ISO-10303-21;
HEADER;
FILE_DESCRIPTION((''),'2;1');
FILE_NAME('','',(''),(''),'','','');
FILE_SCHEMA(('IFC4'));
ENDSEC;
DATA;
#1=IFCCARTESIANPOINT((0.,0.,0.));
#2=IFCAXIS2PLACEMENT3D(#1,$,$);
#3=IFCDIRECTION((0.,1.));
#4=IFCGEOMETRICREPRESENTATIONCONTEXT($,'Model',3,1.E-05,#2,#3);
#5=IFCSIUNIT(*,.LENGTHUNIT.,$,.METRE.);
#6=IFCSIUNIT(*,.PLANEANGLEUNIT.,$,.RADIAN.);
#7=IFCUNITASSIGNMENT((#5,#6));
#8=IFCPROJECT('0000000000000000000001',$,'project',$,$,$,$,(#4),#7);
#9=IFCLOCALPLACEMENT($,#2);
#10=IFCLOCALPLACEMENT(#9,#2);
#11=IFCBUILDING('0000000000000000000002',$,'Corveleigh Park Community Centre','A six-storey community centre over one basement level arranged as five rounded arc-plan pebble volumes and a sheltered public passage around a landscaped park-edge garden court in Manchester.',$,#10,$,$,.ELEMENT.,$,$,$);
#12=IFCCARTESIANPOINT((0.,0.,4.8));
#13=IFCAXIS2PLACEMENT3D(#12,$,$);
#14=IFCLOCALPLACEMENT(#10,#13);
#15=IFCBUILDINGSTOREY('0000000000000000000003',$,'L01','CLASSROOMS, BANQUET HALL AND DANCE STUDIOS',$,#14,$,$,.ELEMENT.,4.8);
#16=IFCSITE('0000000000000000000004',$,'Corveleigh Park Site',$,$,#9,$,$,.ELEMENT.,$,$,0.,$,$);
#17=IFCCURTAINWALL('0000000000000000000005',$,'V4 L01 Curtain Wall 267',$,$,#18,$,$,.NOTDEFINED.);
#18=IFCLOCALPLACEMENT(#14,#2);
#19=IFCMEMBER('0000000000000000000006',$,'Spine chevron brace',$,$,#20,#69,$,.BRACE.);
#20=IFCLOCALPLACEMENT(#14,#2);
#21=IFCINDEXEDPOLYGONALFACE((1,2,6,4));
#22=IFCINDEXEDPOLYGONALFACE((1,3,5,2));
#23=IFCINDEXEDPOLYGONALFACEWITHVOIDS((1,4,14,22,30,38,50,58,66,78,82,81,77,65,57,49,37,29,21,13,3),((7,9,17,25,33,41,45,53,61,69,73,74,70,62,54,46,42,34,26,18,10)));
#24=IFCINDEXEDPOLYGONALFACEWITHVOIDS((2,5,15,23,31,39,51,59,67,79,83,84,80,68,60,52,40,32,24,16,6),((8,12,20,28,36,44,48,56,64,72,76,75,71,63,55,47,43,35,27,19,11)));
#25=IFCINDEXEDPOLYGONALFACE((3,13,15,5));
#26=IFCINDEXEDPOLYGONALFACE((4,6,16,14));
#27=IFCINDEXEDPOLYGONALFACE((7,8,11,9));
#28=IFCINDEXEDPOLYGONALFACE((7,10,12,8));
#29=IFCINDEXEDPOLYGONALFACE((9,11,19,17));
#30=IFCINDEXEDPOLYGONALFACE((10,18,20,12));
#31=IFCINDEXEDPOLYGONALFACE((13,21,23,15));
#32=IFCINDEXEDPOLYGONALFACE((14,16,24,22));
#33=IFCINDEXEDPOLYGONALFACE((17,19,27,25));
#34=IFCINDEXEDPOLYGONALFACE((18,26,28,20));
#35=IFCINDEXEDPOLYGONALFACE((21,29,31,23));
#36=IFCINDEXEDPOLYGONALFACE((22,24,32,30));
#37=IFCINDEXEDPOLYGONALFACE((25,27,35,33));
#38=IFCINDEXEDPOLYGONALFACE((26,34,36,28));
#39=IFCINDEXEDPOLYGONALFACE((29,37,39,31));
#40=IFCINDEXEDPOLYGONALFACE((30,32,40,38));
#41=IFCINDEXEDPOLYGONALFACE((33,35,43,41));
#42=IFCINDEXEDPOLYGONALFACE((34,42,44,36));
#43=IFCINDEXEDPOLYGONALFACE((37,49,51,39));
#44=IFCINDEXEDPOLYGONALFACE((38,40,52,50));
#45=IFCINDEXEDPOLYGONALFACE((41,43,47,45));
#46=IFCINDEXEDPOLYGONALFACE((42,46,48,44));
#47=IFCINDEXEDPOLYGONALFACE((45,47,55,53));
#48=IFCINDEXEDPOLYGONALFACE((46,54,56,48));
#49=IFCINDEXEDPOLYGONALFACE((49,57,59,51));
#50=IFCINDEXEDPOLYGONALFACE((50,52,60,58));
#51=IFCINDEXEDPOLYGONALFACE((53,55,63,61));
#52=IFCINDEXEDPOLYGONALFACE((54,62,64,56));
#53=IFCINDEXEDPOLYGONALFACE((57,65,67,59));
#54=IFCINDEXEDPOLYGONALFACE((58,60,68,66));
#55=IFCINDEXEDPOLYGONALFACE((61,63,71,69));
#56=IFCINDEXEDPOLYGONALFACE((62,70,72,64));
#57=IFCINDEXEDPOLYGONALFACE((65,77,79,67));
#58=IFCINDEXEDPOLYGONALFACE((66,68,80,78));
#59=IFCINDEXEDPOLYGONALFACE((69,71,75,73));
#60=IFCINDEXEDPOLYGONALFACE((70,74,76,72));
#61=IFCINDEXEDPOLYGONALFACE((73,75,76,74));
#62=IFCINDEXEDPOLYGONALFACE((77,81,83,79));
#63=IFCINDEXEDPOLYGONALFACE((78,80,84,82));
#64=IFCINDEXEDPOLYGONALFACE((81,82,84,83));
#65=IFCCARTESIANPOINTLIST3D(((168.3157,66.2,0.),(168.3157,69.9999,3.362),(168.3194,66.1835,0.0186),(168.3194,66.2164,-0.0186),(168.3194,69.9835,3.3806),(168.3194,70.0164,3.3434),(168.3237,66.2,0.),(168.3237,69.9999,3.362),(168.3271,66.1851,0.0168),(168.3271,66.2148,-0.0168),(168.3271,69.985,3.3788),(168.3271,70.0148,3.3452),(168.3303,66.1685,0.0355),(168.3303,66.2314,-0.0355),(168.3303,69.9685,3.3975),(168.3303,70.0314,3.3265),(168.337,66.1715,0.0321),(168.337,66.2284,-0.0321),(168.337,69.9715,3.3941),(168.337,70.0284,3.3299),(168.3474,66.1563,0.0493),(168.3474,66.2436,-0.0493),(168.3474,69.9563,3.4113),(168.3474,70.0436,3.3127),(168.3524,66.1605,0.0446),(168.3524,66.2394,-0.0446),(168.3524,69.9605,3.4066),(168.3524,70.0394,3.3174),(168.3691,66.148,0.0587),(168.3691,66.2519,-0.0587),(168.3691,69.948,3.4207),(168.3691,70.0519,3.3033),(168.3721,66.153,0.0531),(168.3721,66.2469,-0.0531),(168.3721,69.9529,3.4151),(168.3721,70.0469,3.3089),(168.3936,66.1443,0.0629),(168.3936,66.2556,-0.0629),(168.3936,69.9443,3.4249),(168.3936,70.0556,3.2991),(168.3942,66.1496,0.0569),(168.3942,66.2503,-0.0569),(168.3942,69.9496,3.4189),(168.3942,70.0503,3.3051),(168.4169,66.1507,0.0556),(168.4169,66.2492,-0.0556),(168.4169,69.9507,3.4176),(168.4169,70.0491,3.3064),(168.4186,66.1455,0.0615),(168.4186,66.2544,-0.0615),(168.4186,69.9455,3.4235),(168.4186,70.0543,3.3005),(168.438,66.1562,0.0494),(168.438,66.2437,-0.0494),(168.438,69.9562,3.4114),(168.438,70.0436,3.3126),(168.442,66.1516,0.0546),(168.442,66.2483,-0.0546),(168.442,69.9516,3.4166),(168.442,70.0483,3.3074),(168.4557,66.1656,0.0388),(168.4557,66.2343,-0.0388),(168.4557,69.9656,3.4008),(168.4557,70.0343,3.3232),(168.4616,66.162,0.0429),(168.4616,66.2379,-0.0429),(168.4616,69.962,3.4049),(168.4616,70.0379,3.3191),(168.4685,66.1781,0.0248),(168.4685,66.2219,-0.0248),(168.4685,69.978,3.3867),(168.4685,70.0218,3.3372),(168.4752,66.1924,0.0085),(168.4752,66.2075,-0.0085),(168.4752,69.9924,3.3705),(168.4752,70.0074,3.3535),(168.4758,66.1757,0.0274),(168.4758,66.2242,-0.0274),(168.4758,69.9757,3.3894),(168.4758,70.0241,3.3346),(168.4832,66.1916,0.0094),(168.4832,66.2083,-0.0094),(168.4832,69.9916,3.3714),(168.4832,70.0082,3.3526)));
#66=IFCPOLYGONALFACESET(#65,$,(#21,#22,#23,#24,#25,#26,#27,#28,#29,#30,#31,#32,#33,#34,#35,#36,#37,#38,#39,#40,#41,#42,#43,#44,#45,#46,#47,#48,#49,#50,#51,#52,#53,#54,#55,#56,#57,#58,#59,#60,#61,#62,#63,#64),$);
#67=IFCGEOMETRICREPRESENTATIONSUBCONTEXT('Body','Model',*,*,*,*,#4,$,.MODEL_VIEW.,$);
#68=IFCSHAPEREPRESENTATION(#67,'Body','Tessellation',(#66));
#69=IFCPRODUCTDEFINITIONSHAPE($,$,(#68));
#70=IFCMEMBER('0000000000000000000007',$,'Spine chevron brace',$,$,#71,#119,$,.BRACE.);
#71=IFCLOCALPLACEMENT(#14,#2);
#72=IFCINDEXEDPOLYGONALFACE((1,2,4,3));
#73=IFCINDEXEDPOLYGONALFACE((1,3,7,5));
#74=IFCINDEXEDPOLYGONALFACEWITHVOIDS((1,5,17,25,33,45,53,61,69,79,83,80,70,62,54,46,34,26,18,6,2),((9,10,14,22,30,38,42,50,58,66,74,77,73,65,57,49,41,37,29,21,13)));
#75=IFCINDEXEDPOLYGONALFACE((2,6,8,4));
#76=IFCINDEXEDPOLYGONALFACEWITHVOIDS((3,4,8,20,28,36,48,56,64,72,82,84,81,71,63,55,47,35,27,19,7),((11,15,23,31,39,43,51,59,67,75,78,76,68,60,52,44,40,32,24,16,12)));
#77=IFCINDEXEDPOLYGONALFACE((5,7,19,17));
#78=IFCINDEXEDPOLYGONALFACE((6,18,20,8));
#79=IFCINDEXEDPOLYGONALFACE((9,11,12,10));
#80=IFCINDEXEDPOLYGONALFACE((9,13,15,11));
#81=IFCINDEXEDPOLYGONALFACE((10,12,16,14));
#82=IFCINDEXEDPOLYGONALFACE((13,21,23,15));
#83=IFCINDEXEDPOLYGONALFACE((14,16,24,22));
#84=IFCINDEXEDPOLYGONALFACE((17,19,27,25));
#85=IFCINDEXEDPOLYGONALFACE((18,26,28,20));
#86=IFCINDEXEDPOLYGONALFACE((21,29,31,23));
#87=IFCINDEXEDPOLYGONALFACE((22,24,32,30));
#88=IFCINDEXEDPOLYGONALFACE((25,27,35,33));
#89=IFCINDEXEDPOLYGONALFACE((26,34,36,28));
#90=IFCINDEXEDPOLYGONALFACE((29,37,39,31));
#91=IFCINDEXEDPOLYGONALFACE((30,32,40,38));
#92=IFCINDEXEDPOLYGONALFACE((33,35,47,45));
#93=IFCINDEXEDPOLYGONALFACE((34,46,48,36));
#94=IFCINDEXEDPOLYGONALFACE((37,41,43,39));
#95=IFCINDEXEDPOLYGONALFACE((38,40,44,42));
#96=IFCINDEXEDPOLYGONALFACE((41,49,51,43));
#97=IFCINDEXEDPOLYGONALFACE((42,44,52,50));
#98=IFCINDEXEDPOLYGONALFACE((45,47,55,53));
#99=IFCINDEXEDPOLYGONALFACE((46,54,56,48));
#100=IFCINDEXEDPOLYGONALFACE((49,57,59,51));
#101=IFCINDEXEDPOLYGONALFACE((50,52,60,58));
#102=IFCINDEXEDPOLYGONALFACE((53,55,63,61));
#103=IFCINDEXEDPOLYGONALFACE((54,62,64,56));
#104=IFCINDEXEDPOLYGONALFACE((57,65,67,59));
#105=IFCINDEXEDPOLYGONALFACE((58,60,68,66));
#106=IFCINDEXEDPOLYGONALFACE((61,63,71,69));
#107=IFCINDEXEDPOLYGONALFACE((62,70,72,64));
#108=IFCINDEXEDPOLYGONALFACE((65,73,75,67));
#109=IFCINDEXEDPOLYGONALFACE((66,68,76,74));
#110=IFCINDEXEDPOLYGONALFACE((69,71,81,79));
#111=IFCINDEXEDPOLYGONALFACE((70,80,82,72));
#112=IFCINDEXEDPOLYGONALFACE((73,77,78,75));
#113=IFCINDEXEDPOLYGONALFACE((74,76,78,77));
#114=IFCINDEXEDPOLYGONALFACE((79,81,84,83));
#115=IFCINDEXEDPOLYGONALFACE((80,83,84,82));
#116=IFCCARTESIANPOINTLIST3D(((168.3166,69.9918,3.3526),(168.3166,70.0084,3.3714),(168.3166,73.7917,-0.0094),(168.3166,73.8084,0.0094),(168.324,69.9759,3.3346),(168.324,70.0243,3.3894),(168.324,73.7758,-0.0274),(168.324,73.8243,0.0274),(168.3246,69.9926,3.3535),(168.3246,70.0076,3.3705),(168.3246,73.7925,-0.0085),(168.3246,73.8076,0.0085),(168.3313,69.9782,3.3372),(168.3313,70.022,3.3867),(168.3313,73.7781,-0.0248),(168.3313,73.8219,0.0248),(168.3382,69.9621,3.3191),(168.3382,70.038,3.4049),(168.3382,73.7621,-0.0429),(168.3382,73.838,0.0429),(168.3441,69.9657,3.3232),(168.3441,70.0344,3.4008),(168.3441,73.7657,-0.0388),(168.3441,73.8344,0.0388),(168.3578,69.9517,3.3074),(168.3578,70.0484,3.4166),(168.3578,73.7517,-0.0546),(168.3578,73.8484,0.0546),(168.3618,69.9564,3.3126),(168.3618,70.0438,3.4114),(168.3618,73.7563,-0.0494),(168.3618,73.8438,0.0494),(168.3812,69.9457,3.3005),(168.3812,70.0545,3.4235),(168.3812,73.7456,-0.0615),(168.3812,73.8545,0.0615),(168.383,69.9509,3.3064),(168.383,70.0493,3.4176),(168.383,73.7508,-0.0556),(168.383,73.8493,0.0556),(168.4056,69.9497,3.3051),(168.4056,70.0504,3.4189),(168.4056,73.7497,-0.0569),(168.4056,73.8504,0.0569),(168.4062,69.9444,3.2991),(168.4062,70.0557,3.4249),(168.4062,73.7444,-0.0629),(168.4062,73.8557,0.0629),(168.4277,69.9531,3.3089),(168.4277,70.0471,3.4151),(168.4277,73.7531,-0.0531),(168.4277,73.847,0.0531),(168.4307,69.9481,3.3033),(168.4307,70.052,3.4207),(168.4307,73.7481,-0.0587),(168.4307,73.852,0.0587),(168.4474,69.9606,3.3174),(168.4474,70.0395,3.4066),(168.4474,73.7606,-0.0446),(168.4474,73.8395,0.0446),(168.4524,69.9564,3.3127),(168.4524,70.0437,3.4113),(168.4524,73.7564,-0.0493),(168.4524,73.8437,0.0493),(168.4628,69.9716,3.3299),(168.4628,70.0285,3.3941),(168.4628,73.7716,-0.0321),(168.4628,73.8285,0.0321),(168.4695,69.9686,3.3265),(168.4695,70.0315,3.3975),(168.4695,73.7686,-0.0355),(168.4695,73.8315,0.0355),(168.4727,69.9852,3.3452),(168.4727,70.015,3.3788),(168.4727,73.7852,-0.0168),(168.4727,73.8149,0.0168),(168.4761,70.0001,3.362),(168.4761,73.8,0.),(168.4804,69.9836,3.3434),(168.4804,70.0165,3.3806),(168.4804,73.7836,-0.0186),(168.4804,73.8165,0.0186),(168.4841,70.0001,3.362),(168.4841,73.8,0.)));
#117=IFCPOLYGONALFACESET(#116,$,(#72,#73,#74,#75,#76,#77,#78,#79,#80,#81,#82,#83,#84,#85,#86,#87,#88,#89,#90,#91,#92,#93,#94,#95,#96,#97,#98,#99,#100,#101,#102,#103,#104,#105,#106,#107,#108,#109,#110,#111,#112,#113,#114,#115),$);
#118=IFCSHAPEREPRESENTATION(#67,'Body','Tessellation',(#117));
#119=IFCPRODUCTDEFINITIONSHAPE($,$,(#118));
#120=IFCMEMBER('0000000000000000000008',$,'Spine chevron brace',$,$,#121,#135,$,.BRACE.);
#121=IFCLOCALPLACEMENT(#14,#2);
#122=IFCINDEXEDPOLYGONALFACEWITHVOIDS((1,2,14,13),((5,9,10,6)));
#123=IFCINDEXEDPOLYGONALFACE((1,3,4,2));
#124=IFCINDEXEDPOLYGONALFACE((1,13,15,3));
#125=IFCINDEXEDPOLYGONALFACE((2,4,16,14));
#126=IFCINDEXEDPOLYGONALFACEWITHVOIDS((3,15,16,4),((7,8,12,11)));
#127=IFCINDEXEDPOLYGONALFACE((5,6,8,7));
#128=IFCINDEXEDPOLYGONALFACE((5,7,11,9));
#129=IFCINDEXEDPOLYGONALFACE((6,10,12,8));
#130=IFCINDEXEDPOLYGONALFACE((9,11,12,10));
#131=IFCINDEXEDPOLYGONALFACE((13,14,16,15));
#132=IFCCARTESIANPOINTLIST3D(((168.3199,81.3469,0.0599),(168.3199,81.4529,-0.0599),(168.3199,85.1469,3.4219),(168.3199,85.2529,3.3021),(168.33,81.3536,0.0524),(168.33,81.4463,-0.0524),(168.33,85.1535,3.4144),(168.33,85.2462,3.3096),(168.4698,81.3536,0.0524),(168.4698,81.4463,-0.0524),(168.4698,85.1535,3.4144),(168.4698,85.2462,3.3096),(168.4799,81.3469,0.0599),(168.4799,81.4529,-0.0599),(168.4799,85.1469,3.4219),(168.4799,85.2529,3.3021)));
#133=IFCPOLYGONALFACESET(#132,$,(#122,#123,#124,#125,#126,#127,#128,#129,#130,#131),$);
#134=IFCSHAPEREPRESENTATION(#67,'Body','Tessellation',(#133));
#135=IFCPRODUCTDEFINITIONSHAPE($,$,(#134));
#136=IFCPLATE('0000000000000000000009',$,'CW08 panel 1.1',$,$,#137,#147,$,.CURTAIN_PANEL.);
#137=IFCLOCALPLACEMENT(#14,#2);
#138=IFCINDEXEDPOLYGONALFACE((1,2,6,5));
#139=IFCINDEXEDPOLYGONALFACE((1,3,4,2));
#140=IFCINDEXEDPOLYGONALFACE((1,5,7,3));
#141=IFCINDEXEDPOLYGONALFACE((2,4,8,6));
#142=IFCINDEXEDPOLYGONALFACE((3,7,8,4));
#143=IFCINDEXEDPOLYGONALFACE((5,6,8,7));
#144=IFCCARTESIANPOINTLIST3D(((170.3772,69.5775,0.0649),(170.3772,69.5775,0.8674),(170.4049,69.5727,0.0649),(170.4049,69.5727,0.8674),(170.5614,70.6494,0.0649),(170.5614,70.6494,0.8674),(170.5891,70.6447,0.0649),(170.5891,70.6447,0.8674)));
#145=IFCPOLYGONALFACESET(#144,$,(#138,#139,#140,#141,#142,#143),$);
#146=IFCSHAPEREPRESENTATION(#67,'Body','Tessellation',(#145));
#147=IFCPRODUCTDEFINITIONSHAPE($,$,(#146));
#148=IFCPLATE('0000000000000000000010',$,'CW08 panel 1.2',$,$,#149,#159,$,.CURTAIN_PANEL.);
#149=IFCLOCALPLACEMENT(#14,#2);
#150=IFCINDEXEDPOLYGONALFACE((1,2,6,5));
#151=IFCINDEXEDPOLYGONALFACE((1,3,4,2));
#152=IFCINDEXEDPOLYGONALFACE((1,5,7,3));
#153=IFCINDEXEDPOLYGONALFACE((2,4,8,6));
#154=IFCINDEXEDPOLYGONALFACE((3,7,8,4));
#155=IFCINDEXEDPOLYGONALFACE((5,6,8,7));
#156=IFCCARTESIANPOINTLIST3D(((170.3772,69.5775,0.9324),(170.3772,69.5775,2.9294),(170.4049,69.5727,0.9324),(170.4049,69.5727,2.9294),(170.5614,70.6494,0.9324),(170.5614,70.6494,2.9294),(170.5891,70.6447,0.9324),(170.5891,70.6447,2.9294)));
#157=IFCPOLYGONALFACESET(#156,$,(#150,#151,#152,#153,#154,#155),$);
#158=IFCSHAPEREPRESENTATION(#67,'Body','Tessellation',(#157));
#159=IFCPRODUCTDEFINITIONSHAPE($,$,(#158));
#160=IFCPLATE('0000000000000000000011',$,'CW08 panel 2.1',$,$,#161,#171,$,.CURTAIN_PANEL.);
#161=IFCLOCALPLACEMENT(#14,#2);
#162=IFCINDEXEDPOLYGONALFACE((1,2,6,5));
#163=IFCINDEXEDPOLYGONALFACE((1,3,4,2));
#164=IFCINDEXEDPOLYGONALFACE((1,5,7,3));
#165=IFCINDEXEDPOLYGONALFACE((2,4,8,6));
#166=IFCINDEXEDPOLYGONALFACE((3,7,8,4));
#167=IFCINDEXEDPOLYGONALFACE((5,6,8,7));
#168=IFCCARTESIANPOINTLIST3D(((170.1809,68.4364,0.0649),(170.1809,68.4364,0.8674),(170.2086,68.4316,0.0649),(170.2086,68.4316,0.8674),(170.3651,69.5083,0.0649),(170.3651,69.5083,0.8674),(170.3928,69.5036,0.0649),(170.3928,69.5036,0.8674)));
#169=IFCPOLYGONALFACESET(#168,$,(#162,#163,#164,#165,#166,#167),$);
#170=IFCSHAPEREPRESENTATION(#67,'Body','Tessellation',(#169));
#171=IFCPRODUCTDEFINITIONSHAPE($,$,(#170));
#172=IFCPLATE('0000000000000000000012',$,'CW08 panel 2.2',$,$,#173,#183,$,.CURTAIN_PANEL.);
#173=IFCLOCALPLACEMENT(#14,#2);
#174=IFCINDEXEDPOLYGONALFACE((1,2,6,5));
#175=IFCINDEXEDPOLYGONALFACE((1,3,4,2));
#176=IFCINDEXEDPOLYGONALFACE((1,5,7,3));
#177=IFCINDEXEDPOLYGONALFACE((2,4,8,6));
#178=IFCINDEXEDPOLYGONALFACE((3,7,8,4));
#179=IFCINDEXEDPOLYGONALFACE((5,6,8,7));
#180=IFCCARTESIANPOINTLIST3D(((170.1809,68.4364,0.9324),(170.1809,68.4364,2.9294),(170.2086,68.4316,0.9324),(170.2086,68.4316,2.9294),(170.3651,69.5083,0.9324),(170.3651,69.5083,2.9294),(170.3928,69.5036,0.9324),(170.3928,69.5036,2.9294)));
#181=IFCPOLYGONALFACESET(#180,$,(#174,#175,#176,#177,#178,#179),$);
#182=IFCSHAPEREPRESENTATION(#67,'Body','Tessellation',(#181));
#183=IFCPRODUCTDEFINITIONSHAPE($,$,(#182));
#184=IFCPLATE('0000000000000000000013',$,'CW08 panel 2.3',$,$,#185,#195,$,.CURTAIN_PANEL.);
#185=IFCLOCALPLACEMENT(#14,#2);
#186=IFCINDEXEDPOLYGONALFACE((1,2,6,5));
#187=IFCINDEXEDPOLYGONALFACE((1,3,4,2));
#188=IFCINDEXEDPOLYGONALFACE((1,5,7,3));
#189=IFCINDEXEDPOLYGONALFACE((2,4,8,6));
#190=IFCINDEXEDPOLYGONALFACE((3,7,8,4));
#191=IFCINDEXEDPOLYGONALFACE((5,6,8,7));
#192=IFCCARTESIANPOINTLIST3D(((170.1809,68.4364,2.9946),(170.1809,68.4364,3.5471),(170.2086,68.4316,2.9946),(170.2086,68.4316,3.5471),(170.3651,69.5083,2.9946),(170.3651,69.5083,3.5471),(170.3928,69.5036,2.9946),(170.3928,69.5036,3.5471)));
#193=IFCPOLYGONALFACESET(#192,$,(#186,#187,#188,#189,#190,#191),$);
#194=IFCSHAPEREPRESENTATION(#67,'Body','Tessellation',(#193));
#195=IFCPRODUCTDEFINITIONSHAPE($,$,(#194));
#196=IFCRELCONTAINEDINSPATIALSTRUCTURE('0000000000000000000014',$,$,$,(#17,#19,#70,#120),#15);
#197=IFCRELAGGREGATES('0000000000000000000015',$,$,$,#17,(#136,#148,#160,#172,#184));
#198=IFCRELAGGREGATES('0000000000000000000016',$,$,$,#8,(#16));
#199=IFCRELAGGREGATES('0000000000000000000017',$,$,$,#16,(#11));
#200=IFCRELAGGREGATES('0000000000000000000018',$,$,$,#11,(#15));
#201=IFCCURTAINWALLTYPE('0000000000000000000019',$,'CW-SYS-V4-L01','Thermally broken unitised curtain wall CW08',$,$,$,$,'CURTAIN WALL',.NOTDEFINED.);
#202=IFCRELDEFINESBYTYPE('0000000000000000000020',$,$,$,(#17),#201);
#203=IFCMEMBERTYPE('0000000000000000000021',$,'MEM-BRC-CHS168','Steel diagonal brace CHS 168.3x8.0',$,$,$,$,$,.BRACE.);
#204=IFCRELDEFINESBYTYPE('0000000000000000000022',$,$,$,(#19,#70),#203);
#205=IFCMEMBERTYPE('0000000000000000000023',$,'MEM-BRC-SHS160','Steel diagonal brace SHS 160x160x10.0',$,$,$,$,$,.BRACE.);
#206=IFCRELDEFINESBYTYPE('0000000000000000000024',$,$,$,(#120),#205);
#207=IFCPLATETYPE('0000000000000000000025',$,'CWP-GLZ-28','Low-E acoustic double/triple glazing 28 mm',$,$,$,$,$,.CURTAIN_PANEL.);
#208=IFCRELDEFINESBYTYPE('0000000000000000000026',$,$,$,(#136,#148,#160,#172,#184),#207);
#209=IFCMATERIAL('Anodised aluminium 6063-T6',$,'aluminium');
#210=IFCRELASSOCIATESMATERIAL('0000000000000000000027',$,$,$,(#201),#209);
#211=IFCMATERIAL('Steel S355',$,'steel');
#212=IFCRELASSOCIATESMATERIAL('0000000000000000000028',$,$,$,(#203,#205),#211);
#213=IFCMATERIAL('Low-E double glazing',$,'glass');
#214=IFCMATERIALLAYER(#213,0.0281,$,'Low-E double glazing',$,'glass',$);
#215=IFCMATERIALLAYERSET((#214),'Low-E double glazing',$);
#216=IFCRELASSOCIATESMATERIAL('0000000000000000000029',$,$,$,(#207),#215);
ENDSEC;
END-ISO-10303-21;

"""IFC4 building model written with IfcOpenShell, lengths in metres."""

from ifc_helpers import new_model, si_unit, direction, frame, origin, origin_2d, place, context, subcontext, project, spatial, rectangle, hollow_rectangle, hollow_circle, extrude, material, layer, layer_set, material_profile, profile_set, type_object, element, aggregate, save


model = new_model("IFC4")

# Units and contexts
model_context = context("Model", 3, precision=1e-05, world=origin(), true_north=direction((0.0, 1.0)))
body_context = subcontext(model_context, "Body", "Model", "MODEL_VIEW")
ifc_project = project(units=[si_unit("LENGTHUNIT", "METRE"), si_unit("PLANEANGLEUNIT", "RADIAN")], contexts=[model_context])

# Site, building, storey
site_placement = place(None, origin())
site = spatial("IfcSite", under=ifc_project, at=site_placement, Name="Corveleigh Park Site", CompositionType="ELEMENT", RefElevation=0.0)
building_placement = place(site_placement, origin())
building = spatial("IfcBuilding", under=site, at=building_placement, Name="Corveleigh Park Community Centre", Description="A six-storey community centre over one basement level arranged as five rounded arc-plan pebble volumes and a sheltered public passage around a landscaped park-edge garden court in Manchester.", CompositionType="ELEMENT")
storey_placement = place(building_placement, frame((0.0, 0.0, 4.8)))
storey = spatial("IfcBuildingStorey", under=building, at=storey_placement, Name="L01", Description="CLASSROOMS, BANQUET HALL AND DANCE STUDIOS", CompositionType="ELEMENT", Elevation=4.8)

# Shared definitions
ifc_material_1 = material(Name="Steel S355", Category="steel")

# Curtain wall
ifc_material_2 = material(Name="Anodised aluminium 6063-T6", Category="aluminium")
curtain_wall_type = type_object("IfcCurtainWallType", Name="CW-SYS-V4-L01", Description="Thermally broken unitised curtain wall CW08", ElementType="CURTAIN WALL", PredefinedType="NOTDEFINED", material=ifc_material_2)
curtain_wall_placement = place(storey_placement, origin())
curtain_wall = element("IfcCurtainWall", 1, at=curtain_wall_placement, inside=storey, type_object=curtain_wall_type, Name="V4 L01 Curtain Wall 267", PredefinedType="NOTDEFINED")

# Members
ifc_material_profile_1 = material_profile(ifc_material_1, hollow_circle(Radius=0.0842, WallThickness=0.0081, at=origin_2d()), Name="CHS 168.3x8.0", Category="steel")
ifc_profile_set_1 = profile_set([ifc_material_profile_1], Name="Steel S355")
member_type_1 = type_object("IfcMemberType", Name="MEM-BRC-CHS168", Description="Steel diagonal brace CHS 168.3x8.0", PredefinedType="BRACE", material=ifc_profile_set_1)
for number, where, z_axis, x_axis, name in (
    (2, (168.3999, 66.2, 0.0), (0.0, 0.74895, 0.662627), (-1.0, 0.0, 0.0), "Spine chevron brace"),
    (3, (168.3999, 73.8, 0.0), (0.0, -0.74895, 0.662627), (1.0, 0.0, 0.0), "Spine chevron brace"),
):
    element("IfcMember", number, at=place(storey_placement, frame(where, z_axis=z_axis, x_axis=x_axis)), inside=storey, type_object=member_type_1, Name=name, PredefinedType="BRACE", context=body_context, shape_type="SweptSolid", body=[
        extrude(hollow_circle(Radius=0.0842, WallThickness=0.0081, at=origin_2d()), origin(), (0.0, 0.0, 1.0), 5.0737),
    ])
ifc_material_profile_2 = material_profile(ifc_material_1, hollow_rectangle(XDim=0.1599, YDim=0.1599, WallThickness=0.01, at=origin_2d()), Name="SHS 160x160x10.0", Category="steel")
ifc_profile_set_2 = profile_set([ifc_material_profile_2], Name="Steel S355")
member_type_2 = type_object("IfcMemberType", Name="MEM-BRC-SHS160", Description="Steel diagonal brace SHS 160x160x10.0", PredefinedType="BRACE", material=ifc_profile_set_2)
member_1_placement = place(storey_placement, frame((168.3999, 81.3999, 0.0), z_axis=(0.0, 0.74895, 0.662627), x_axis=(-1.0, 0.0, 0.0)))
element("IfcMember", 4, at=member_1_placement, inside=storey, type_object=member_type_2, Name="Spine chevron brace", PredefinedType="BRACE", context=body_context, shape_type="SweptSolid", body=[
    extrude(hollow_rectangle(XDim=0.1599, YDim=0.1599, WallThickness=0.01, at=origin_2d()), origin(), (0.0, 0.0, 1.0), 5.0737),
])

# Plates
ifc_material_3 = material(Name="Low-E double glazing", Category="glass")
ifc_layer_1 = layer(ifc_material_3, 0.0281, Name="Low-E double glazing", Category="glass")
ifc_layer_set_1 = layer_set([ifc_layer_1], Name="Low-E double glazing")
plate_type = type_object("IfcPlateType", Name="CWP-GLZ-28", Description="Low-E acoustic double/triple glazing 28 mm", PredefinedType="CURTAIN_PANEL", material=ifc_layer_set_1)
plate_1_placement = place(storey_placement, frame((170.4832, 70.1111, 0.0649), z_axis=(0.0, 0.0, 1.0), x_axis=(-0.169359, -0.985554, 0.0)))
plate_1 = element("IfcPlate", 5, at=plate_1_placement, type_object=plate_type, Name="CW08 panel 1.1", PredefinedType="CURTAIN_PANEL", context=body_context, shape_type="SweptSolid", body=[
    extrude(rectangle(XDim=1.0876, YDim=0.0281, at=origin_2d()), origin(), (0.0, 0.0, 1.0), 0.8025),
])
plate_2_placement = place(storey_placement, frame((170.4832, 70.1111, 0.9324), z_axis=(0.0, 0.0, 1.0), x_axis=(-0.169359, -0.985554, 0.0)))
plate_2 = element("IfcPlate", 6, at=plate_2_placement, type_object=plate_type, Name="CW08 panel 1.2", PredefinedType="CURTAIN_PANEL", context=body_context, shape_type="SweptSolid", body=[
    extrude(rectangle(XDim=1.0876, YDim=0.0281, at=origin_2d()), origin(), (0.0, 0.0, 1.0), 1.9971),
])
plate_3_placement = place(storey_placement, frame((170.2869, 68.97, 0.0649), z_axis=(0.0, 0.0, 1.0), x_axis=(-0.169359, -0.985554, 0.0)))
plate_3 = element("IfcPlate", 7, at=plate_3_placement, type_object=plate_type, Name="CW08 panel 2.1", PredefinedType="CURTAIN_PANEL", context=body_context, shape_type="SweptSolid", body=[
    extrude(rectangle(XDim=1.0876, YDim=0.0281, at=origin_2d()), origin(), (0.0, 0.0, 1.0), 0.8025),
])
plate_4_placement = place(storey_placement, frame((170.2869, 68.97, 0.9324), z_axis=(0.0, 0.0, 1.0), x_axis=(-0.169359, -0.985554, 0.0)))
plate_4 = element("IfcPlate", 8, at=plate_4_placement, type_object=plate_type, Name="CW08 panel 2.2", PredefinedType="CURTAIN_PANEL", context=body_context, shape_type="SweptSolid", body=[
    extrude(rectangle(XDim=1.0876, YDim=0.0281, at=origin_2d()), origin(), (0.0, 0.0, 1.0), 1.9971),
])
plate_5_placement = place(storey_placement, frame((170.2869, 68.97, 2.9946), z_axis=(0.0, 0.0, 1.0), x_axis=(-0.169359, -0.985554, 0.0)))
plate_5 = element("IfcPlate", 9, at=plate_5_placement, type_object=plate_type, Name="CW08 panel 2.3", PredefinedType="CURTAIN_PANEL", context=body_context, shape_type="SweptSolid", body=[
    extrude(rectangle(XDim=1.0876, YDim=0.0281, at=origin_2d()), origin(), (0.0, 0.0, 1.0), 0.5525),
])
aggregate(curtain_wall, [plate_1, plate_2, plate_3, plate_4, plate_5])

save(model, "model.ifc")
